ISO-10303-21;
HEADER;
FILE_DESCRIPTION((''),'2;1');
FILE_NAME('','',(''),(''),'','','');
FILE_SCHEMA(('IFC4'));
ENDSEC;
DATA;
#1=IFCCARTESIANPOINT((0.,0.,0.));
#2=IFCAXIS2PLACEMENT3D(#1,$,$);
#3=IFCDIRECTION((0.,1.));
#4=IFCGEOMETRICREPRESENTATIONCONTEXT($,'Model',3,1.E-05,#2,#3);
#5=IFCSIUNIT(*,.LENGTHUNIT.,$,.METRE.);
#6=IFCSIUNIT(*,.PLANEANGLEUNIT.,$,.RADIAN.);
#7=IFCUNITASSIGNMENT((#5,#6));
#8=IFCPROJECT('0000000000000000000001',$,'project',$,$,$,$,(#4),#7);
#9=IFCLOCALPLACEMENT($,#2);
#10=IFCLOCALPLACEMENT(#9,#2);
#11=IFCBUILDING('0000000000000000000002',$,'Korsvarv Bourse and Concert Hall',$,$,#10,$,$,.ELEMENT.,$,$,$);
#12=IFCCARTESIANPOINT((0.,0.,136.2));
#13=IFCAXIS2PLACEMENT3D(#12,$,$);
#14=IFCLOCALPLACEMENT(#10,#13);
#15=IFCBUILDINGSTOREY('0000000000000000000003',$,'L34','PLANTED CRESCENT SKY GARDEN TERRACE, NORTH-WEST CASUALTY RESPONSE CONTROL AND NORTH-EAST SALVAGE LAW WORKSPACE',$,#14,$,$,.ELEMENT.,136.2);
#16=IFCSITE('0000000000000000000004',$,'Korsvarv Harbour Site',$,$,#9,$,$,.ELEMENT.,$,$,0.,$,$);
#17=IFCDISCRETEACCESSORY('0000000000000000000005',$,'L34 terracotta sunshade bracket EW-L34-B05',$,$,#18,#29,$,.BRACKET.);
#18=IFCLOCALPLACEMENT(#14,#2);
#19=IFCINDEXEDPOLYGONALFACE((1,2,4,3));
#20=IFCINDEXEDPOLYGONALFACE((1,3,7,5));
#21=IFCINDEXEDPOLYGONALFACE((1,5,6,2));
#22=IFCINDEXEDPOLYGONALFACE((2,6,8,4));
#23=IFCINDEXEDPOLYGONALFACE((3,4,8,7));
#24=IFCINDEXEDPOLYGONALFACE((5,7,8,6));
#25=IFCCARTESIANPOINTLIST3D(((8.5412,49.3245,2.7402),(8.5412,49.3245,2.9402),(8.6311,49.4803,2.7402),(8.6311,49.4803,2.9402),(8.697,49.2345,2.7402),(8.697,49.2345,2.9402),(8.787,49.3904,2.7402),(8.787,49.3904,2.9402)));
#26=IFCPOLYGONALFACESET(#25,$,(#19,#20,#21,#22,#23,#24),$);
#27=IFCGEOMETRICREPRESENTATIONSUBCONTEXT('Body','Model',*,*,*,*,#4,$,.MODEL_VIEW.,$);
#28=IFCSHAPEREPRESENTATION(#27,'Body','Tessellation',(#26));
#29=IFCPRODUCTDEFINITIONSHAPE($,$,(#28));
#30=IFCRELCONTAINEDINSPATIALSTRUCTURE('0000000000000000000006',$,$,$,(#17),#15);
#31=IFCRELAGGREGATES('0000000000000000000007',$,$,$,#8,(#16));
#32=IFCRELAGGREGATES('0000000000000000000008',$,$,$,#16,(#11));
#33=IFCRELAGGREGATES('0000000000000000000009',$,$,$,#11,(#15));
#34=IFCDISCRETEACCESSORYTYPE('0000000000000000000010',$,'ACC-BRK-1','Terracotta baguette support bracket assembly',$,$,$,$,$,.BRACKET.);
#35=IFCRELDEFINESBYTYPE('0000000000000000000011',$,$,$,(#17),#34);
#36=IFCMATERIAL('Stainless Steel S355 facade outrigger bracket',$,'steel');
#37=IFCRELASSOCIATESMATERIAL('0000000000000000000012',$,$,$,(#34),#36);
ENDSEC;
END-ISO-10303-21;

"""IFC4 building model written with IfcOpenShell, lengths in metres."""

from ifc_helpers import new_model, si_unit, direction, frame, origin, origin_2d, place, context, subcontext, project, spatial, rectangle, extrude, source, transform, mapped, material, type_object, element, save


model = new_model("IFC4")

# Units and contexts
model_context = context("Model", 3, precision=1e-05, world=origin(), true_north=direction((0.0, 1.0)))
body_context = subcontext(model_context, "Body", "Model", "MODEL_VIEW")
ifc_project = project(units=[si_unit("LENGTHUNIT", "METRE"), si_unit("PLANEANGLEUNIT", "RADIAN")], contexts=[model_context])

# Site, building, storey
site_placement = place(None, origin())
site = spatial("IfcSite", under=ifc_project, at=site_placement, Name="Korsvarv Harbour Site", CompositionType="ELEMENT", RefElevation=0.0)
building_placement = place(site_placement, origin())
building = spatial("IfcBuilding", under=site, at=building_placement, Name="Korsvarv Bourse and Concert Hall", CompositionType="ELEMENT")
storey_placement = place(building_placement, frame((0.0, 0.0, 136.2)))
storey = spatial("IfcBuildingStorey", under=building, at=storey_placement, Name="L34", Description="PLANTED CRESCENT SKY GARDEN TERRACE, NORTH-WEST CASUALTY RESPONSE CONTROL AND NORTH-EAST SALVAGE LAW WORKSPACE", CompositionType="ELEMENT", Elevation=136.2)

# Discrete accessory
ifc_material_1 = material(Name="Stainless Steel S355 facade outrigger bracket", Category="steel")
discrete_accessory_type = type_object("IfcDiscreteAccessoryType", Name="ACC-BRK-1", Description="Terracotta baguette support bracket assembly", PredefinedType="BRACKET", material=ifc_material_1)
shared_shape_1 = source(origin(), body_context, "Body", "SweptSolid", [
    extrude(rectangle(XDim=0.1799, YDim=0.1799, at=origin_2d()), origin(), (0.0, 0.0, 1.0), 0.2),
])
for number, where, z_axis, x_axis, name in (
    (1, (8.6641, 49.3574, 2.7402), (0.0, 0.0, 1.0), (-0.5, -0.866025, 0.0), "L34 terracotta sunshade bracket EW-L34-B05"),
):
    element("IfcDiscreteAccessory", number, at=place(storey_placement, frame(where, z_axis=z_axis, x_axis=x_axis)), inside=storey, type_object=discrete_accessory_type, Name=name, PredefinedType="BRACKET", context=body_context, shape_type="MappedRepresentation", body=[
        mapped(shared_shape_1, transform((0.0, 0.0, 0.0), scale=1.0)),
    ])

save(model, "model.ifc")
